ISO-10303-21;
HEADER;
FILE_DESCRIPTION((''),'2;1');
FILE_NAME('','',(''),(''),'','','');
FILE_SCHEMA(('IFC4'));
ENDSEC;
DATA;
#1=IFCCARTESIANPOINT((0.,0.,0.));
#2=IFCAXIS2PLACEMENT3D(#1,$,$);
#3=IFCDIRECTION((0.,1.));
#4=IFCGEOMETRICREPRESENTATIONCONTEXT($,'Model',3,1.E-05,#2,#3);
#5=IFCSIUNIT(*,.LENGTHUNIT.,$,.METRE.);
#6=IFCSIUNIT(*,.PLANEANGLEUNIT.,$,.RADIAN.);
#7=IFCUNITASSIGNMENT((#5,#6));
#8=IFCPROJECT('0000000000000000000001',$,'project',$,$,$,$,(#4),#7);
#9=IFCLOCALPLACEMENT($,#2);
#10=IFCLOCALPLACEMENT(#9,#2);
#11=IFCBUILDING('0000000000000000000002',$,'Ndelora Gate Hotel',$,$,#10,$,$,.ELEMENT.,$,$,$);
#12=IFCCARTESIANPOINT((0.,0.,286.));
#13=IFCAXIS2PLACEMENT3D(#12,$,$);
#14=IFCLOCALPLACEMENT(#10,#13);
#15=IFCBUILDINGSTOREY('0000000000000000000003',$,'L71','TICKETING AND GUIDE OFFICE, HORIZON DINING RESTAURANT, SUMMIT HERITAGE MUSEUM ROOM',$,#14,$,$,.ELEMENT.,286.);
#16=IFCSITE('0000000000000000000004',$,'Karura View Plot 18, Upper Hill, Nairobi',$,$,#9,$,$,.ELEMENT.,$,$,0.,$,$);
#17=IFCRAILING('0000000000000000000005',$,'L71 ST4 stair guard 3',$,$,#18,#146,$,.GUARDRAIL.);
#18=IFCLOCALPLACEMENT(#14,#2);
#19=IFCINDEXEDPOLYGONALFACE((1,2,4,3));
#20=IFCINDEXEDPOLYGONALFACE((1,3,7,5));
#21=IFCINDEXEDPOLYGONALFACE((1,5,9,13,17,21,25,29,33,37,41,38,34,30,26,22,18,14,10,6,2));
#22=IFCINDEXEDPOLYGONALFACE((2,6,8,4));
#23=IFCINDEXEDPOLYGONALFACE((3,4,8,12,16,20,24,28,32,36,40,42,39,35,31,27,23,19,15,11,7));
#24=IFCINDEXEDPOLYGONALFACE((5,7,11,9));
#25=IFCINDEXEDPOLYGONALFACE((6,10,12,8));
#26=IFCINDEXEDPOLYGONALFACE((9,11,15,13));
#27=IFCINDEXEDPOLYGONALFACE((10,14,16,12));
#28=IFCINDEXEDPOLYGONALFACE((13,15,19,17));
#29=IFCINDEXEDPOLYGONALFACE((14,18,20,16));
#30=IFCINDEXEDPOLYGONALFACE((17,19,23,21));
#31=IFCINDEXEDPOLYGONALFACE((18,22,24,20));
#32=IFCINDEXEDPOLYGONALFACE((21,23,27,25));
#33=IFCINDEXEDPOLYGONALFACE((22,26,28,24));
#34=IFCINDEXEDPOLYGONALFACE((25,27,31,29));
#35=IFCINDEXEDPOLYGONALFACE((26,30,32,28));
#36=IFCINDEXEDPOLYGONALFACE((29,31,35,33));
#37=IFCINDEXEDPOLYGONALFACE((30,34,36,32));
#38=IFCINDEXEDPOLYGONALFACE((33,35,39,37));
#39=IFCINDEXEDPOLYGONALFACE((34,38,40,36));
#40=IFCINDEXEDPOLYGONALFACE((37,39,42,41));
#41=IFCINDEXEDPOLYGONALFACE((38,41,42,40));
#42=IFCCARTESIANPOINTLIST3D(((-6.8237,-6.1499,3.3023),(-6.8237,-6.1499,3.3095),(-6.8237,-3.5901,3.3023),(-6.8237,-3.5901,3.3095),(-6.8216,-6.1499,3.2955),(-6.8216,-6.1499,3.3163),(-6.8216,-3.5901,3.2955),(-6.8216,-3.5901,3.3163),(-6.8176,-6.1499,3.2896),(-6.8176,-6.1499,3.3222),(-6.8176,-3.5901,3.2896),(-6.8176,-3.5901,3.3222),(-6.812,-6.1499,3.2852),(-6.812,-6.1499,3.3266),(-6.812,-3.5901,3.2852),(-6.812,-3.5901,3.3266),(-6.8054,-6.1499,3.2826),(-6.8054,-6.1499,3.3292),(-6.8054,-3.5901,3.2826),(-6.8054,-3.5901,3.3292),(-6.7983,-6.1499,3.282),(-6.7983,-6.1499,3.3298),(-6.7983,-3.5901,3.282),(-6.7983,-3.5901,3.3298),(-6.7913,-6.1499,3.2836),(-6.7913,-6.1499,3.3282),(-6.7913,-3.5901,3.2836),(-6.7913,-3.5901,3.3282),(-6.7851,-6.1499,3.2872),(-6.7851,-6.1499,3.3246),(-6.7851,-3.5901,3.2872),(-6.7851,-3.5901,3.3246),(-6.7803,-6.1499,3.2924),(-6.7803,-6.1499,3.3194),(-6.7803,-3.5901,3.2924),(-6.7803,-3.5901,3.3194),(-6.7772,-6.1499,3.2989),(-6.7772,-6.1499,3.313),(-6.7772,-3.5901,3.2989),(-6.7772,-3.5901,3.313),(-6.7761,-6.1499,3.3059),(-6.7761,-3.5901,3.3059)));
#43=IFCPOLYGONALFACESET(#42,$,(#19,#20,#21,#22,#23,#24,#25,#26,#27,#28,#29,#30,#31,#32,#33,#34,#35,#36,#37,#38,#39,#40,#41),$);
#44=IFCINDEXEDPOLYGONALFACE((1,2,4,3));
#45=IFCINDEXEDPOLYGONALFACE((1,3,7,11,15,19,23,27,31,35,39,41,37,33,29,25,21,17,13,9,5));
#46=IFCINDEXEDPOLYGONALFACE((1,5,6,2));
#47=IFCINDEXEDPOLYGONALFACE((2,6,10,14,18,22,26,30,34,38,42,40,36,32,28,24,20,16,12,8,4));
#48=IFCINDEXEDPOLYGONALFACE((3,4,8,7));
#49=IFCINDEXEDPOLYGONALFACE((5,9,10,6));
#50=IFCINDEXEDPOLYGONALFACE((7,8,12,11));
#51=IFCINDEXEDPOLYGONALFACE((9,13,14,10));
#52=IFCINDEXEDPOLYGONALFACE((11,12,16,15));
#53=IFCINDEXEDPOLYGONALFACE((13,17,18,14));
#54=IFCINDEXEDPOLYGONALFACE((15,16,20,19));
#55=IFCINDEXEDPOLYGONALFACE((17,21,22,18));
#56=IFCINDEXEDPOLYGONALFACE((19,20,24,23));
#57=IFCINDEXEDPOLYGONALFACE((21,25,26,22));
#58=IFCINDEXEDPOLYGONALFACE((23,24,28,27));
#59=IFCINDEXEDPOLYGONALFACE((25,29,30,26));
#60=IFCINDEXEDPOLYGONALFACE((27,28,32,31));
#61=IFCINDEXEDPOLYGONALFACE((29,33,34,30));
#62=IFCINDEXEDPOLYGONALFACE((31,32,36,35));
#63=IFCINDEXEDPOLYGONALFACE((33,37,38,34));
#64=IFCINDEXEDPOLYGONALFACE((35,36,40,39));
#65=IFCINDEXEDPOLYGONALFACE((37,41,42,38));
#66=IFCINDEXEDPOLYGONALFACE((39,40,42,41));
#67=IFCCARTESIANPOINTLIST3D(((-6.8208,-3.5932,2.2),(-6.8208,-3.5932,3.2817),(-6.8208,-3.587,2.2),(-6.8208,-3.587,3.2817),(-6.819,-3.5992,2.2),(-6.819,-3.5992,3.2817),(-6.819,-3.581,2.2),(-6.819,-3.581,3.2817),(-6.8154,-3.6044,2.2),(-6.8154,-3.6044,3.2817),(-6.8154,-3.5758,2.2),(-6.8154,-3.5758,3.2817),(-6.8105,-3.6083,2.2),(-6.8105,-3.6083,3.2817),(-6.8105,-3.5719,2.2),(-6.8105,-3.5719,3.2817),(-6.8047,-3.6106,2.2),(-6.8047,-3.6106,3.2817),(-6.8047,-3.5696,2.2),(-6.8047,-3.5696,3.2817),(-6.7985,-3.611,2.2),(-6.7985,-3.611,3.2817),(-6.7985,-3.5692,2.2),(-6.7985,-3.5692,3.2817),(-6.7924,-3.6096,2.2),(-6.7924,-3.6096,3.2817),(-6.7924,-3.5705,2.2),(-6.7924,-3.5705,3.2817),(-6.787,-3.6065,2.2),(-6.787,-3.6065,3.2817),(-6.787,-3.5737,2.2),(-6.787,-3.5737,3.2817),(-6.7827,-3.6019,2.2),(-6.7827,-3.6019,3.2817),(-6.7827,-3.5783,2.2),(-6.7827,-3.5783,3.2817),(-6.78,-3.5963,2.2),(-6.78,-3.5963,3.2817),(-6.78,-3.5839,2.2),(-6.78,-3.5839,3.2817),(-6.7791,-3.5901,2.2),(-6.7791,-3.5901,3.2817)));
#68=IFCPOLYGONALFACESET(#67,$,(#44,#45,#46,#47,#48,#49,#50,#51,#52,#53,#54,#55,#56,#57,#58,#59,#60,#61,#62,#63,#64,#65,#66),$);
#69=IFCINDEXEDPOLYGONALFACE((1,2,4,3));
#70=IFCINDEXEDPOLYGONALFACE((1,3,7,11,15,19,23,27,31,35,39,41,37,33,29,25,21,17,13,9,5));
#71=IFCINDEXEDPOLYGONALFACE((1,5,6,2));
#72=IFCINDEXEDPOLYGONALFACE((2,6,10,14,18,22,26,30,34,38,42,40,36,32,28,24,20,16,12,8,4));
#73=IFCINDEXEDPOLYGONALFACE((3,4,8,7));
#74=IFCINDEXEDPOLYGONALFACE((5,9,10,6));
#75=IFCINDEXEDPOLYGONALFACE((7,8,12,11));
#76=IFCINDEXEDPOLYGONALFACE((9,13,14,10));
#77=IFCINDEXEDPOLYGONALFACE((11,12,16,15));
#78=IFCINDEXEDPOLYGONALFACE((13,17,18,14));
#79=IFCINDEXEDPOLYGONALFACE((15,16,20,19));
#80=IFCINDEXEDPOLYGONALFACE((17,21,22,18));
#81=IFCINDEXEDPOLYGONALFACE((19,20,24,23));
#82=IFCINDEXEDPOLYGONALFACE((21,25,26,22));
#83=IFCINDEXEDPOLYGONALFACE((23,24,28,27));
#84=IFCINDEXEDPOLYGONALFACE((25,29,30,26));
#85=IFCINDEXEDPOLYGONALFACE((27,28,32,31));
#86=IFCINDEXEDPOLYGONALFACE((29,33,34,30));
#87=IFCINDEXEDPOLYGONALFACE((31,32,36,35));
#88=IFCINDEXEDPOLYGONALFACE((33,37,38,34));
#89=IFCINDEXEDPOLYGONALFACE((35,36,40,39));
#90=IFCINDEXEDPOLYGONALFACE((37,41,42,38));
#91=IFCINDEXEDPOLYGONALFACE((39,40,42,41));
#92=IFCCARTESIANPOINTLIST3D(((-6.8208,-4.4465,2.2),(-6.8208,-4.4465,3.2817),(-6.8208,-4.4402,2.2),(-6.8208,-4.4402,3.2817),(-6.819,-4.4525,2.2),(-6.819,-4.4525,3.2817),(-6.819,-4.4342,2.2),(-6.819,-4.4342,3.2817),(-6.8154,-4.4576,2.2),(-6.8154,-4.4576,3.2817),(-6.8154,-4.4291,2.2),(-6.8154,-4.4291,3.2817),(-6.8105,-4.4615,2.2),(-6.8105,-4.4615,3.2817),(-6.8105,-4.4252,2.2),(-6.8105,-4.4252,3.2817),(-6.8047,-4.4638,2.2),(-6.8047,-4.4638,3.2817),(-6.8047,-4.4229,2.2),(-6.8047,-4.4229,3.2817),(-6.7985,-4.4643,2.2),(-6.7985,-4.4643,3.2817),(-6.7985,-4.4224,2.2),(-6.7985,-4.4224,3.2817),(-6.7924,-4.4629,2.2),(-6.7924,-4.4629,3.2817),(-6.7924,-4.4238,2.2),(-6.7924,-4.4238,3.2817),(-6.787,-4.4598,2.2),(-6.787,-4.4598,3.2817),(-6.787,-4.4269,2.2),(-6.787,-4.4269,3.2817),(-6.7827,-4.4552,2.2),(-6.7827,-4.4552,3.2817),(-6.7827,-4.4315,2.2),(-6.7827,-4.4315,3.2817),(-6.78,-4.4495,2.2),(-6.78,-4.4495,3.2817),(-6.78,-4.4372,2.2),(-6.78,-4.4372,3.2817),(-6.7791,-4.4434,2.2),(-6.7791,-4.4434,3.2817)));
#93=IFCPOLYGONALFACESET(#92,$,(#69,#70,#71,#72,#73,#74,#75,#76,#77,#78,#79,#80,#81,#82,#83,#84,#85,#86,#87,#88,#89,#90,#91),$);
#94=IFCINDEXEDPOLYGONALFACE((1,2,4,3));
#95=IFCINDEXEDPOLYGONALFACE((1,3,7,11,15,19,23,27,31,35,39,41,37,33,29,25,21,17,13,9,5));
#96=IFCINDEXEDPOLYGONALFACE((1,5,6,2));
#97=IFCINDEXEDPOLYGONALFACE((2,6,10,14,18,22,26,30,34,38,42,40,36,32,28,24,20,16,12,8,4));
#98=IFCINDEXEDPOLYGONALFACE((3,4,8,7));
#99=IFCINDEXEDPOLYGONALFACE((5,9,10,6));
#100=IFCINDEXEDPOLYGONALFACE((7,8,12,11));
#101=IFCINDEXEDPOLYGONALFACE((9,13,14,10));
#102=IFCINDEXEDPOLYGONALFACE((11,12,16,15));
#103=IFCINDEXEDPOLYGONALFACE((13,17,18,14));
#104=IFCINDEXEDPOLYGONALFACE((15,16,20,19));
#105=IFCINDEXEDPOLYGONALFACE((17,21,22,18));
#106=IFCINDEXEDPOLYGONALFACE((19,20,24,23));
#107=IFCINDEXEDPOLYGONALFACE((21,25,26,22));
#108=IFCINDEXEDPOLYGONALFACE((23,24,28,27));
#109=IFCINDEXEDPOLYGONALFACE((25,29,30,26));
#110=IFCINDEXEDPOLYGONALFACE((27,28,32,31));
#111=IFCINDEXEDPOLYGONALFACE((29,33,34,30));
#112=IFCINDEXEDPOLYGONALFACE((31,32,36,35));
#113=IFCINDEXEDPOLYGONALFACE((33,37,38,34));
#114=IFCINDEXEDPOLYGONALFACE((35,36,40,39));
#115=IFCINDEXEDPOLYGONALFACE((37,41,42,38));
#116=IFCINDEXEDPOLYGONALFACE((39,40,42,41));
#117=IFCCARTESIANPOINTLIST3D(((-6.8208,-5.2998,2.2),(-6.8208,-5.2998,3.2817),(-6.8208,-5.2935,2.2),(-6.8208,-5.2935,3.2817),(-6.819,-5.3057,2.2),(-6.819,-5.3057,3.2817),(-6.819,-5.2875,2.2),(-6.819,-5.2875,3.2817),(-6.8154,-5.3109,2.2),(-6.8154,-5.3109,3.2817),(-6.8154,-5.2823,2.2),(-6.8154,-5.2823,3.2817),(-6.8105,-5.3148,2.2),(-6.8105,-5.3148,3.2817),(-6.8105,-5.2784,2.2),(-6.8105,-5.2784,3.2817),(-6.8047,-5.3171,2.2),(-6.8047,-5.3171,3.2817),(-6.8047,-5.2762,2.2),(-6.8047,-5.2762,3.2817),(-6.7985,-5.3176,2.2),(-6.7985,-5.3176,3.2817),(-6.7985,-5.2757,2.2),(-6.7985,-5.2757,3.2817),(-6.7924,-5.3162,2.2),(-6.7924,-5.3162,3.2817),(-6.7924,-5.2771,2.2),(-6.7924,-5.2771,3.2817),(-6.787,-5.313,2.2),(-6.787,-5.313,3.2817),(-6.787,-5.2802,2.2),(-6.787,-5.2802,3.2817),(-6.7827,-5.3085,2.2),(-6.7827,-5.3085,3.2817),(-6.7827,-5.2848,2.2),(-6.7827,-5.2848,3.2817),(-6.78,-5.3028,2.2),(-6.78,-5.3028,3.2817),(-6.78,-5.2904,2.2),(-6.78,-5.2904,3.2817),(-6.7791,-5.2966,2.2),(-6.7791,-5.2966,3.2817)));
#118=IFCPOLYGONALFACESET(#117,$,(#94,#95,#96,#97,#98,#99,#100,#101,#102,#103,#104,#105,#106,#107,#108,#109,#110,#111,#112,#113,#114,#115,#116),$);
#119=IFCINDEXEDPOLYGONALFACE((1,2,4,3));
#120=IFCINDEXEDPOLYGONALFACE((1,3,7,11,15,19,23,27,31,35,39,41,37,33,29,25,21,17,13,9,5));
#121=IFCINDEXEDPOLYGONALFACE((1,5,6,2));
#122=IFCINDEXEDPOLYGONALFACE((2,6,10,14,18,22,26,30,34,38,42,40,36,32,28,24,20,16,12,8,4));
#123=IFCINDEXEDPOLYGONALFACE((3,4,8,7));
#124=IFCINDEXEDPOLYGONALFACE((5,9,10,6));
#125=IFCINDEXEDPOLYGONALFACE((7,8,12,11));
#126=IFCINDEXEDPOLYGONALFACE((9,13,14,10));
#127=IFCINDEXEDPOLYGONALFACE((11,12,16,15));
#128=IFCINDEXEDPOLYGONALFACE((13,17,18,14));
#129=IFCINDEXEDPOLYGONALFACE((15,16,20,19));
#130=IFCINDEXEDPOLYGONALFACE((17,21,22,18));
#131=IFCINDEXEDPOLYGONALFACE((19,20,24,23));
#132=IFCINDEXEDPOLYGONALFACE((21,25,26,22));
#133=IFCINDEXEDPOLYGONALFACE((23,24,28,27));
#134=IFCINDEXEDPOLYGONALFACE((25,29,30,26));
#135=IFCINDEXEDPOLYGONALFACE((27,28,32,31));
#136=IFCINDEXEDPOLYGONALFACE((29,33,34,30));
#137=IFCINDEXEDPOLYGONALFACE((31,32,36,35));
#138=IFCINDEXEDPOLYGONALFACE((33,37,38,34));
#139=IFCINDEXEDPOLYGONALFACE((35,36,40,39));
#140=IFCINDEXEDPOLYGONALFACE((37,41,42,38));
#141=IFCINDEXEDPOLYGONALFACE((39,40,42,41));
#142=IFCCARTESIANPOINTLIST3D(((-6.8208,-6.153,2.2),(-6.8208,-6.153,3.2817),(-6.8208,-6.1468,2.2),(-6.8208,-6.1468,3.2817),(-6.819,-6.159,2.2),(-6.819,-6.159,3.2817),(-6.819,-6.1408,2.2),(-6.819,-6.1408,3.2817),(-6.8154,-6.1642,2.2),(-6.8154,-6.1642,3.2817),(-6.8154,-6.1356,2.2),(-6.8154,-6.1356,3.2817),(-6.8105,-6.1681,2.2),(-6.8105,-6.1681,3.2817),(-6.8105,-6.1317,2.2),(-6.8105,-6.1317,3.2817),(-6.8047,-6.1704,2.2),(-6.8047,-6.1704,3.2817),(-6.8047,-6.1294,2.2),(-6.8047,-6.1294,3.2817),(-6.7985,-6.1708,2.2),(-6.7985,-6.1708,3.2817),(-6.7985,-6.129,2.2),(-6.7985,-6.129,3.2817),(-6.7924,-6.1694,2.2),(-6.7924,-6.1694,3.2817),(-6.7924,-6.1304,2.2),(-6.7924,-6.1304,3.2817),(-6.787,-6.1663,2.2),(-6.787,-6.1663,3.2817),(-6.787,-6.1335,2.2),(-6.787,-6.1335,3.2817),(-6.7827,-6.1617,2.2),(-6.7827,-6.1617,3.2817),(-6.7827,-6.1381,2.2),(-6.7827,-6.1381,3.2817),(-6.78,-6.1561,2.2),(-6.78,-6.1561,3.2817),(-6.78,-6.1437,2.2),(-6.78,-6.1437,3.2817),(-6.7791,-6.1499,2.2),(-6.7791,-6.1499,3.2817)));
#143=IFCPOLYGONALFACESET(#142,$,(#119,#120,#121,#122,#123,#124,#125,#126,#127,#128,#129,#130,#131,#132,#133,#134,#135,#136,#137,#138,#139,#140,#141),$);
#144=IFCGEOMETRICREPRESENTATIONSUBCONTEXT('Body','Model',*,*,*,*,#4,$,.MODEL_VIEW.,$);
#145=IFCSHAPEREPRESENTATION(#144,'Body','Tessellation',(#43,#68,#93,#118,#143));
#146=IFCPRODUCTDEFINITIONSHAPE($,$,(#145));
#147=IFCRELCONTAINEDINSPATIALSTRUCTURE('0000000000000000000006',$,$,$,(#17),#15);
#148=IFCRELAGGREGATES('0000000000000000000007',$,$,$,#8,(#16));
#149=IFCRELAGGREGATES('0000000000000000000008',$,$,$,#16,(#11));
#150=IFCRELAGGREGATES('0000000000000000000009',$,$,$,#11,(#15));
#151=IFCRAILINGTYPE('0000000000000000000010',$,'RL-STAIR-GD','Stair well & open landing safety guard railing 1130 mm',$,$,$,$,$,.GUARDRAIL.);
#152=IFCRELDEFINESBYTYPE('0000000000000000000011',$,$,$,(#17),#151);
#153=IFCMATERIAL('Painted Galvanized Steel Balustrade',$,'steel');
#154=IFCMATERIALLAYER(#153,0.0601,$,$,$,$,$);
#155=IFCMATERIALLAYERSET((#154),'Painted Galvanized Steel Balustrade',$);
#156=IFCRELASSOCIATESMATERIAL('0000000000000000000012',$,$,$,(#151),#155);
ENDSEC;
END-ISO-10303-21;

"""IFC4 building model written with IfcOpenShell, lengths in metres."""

from ifc_helpers import new_model, si_unit, direction, frame, origin, origin_2d, place, context, subcontext, project, spatial, circle, extrude, material, layer, layer_set, type_object, element, save


model = new_model("IFC4")

# Units and contexts
model_context = context("Model", 3, precision=1e-05, world=origin(), true_north=direction((0.0, 1.0)))
body_context = subcontext(model_context, "Body", "Model", "MODEL_VIEW")
ifc_project = project(units=[si_unit("LENGTHUNIT", "METRE"), si_unit("PLANEANGLEUNIT", "RADIAN")], contexts=[model_context])

# Site, building, storey
site_placement = place(None, origin())
site = spatial("IfcSite", under=ifc_project, at=site_placement, Name="Karura View Plot 18, Upper Hill, Nairobi", CompositionType="ELEMENT", RefElevation=0.0)
building_placement = place(site_placement, origin())
building = spatial("IfcBuilding", under=site, at=building_placement, Name="Ndelora Gate Hotel", CompositionType="ELEMENT")
storey_placement = place(building_placement, frame((0.0, 0.0, 286.0)))
storey = spatial("IfcBuildingStorey", under=building, at=storey_placement, Name="L71", Description="TICKETING AND GUIDE OFFICE, HORIZON DINING RESTAURANT, SUMMIT HERITAGE MUSEUM ROOM", CompositionType="ELEMENT", Elevation=286.0)

# Railing
ifc_material_1 = material(Name="Painted Galvanized Steel Balustrade", Category="steel")
ifc_layer_1 = layer(ifc_material_1, 0.0601)
ifc_layer_set_1 = layer_set([ifc_layer_1], Name="Painted Galvanized Steel Balustrade")
railing_type_1 = type_object("IfcRailingType", Name="RL-STAIR-GD", Description="Stair well & open landing safety guard railing 1130 mm", PredefinedType="GUARDRAIL", material=ifc_layer_set_1)
for number, where, name in (
    (1, (-6.8, -3.5901, 2.2), "L71 ST4 stair guard 3"),
):
    element("IfcRailing", number, at=place(storey_placement, frame(where)), inside=storey, type_object=railing_type_1, Name=name, PredefinedType="GUARDRAIL", context=body_context, shape_type="SweptSolid", body=[
        extrude(circle(Radius=0.0239, at=origin_2d()), frame((0.0, 0.0, 1.106), z_axis=(0.0, -1.0, 0.0), x_axis=(1.0, 0.0, 0.0)), (0.0, 0.0, 1.0), 2.5598),
        extrude(circle(Radius=0.021, at=origin_2d()), origin(), (0.0, 0.0, 1.0), 1.0818),
        extrude(circle(Radius=0.021, at=origin_2d()), frame((0.0, -0.8533, 0.0)), (0.0, 0.0, 1.0), 1.0818),
        extrude(circle(Radius=0.021, at=origin_2d()), frame((0.0, -1.7065, 0.0)), (0.0, 0.0, 1.0), 1.0818),
        extrude(circle(Radius=0.021, at=origin_2d()), frame((0.0, -2.5598, 0.0)), (0.0, 0.0, 1.0), 1.0818),
    ])

save(model, "model.ifc")
